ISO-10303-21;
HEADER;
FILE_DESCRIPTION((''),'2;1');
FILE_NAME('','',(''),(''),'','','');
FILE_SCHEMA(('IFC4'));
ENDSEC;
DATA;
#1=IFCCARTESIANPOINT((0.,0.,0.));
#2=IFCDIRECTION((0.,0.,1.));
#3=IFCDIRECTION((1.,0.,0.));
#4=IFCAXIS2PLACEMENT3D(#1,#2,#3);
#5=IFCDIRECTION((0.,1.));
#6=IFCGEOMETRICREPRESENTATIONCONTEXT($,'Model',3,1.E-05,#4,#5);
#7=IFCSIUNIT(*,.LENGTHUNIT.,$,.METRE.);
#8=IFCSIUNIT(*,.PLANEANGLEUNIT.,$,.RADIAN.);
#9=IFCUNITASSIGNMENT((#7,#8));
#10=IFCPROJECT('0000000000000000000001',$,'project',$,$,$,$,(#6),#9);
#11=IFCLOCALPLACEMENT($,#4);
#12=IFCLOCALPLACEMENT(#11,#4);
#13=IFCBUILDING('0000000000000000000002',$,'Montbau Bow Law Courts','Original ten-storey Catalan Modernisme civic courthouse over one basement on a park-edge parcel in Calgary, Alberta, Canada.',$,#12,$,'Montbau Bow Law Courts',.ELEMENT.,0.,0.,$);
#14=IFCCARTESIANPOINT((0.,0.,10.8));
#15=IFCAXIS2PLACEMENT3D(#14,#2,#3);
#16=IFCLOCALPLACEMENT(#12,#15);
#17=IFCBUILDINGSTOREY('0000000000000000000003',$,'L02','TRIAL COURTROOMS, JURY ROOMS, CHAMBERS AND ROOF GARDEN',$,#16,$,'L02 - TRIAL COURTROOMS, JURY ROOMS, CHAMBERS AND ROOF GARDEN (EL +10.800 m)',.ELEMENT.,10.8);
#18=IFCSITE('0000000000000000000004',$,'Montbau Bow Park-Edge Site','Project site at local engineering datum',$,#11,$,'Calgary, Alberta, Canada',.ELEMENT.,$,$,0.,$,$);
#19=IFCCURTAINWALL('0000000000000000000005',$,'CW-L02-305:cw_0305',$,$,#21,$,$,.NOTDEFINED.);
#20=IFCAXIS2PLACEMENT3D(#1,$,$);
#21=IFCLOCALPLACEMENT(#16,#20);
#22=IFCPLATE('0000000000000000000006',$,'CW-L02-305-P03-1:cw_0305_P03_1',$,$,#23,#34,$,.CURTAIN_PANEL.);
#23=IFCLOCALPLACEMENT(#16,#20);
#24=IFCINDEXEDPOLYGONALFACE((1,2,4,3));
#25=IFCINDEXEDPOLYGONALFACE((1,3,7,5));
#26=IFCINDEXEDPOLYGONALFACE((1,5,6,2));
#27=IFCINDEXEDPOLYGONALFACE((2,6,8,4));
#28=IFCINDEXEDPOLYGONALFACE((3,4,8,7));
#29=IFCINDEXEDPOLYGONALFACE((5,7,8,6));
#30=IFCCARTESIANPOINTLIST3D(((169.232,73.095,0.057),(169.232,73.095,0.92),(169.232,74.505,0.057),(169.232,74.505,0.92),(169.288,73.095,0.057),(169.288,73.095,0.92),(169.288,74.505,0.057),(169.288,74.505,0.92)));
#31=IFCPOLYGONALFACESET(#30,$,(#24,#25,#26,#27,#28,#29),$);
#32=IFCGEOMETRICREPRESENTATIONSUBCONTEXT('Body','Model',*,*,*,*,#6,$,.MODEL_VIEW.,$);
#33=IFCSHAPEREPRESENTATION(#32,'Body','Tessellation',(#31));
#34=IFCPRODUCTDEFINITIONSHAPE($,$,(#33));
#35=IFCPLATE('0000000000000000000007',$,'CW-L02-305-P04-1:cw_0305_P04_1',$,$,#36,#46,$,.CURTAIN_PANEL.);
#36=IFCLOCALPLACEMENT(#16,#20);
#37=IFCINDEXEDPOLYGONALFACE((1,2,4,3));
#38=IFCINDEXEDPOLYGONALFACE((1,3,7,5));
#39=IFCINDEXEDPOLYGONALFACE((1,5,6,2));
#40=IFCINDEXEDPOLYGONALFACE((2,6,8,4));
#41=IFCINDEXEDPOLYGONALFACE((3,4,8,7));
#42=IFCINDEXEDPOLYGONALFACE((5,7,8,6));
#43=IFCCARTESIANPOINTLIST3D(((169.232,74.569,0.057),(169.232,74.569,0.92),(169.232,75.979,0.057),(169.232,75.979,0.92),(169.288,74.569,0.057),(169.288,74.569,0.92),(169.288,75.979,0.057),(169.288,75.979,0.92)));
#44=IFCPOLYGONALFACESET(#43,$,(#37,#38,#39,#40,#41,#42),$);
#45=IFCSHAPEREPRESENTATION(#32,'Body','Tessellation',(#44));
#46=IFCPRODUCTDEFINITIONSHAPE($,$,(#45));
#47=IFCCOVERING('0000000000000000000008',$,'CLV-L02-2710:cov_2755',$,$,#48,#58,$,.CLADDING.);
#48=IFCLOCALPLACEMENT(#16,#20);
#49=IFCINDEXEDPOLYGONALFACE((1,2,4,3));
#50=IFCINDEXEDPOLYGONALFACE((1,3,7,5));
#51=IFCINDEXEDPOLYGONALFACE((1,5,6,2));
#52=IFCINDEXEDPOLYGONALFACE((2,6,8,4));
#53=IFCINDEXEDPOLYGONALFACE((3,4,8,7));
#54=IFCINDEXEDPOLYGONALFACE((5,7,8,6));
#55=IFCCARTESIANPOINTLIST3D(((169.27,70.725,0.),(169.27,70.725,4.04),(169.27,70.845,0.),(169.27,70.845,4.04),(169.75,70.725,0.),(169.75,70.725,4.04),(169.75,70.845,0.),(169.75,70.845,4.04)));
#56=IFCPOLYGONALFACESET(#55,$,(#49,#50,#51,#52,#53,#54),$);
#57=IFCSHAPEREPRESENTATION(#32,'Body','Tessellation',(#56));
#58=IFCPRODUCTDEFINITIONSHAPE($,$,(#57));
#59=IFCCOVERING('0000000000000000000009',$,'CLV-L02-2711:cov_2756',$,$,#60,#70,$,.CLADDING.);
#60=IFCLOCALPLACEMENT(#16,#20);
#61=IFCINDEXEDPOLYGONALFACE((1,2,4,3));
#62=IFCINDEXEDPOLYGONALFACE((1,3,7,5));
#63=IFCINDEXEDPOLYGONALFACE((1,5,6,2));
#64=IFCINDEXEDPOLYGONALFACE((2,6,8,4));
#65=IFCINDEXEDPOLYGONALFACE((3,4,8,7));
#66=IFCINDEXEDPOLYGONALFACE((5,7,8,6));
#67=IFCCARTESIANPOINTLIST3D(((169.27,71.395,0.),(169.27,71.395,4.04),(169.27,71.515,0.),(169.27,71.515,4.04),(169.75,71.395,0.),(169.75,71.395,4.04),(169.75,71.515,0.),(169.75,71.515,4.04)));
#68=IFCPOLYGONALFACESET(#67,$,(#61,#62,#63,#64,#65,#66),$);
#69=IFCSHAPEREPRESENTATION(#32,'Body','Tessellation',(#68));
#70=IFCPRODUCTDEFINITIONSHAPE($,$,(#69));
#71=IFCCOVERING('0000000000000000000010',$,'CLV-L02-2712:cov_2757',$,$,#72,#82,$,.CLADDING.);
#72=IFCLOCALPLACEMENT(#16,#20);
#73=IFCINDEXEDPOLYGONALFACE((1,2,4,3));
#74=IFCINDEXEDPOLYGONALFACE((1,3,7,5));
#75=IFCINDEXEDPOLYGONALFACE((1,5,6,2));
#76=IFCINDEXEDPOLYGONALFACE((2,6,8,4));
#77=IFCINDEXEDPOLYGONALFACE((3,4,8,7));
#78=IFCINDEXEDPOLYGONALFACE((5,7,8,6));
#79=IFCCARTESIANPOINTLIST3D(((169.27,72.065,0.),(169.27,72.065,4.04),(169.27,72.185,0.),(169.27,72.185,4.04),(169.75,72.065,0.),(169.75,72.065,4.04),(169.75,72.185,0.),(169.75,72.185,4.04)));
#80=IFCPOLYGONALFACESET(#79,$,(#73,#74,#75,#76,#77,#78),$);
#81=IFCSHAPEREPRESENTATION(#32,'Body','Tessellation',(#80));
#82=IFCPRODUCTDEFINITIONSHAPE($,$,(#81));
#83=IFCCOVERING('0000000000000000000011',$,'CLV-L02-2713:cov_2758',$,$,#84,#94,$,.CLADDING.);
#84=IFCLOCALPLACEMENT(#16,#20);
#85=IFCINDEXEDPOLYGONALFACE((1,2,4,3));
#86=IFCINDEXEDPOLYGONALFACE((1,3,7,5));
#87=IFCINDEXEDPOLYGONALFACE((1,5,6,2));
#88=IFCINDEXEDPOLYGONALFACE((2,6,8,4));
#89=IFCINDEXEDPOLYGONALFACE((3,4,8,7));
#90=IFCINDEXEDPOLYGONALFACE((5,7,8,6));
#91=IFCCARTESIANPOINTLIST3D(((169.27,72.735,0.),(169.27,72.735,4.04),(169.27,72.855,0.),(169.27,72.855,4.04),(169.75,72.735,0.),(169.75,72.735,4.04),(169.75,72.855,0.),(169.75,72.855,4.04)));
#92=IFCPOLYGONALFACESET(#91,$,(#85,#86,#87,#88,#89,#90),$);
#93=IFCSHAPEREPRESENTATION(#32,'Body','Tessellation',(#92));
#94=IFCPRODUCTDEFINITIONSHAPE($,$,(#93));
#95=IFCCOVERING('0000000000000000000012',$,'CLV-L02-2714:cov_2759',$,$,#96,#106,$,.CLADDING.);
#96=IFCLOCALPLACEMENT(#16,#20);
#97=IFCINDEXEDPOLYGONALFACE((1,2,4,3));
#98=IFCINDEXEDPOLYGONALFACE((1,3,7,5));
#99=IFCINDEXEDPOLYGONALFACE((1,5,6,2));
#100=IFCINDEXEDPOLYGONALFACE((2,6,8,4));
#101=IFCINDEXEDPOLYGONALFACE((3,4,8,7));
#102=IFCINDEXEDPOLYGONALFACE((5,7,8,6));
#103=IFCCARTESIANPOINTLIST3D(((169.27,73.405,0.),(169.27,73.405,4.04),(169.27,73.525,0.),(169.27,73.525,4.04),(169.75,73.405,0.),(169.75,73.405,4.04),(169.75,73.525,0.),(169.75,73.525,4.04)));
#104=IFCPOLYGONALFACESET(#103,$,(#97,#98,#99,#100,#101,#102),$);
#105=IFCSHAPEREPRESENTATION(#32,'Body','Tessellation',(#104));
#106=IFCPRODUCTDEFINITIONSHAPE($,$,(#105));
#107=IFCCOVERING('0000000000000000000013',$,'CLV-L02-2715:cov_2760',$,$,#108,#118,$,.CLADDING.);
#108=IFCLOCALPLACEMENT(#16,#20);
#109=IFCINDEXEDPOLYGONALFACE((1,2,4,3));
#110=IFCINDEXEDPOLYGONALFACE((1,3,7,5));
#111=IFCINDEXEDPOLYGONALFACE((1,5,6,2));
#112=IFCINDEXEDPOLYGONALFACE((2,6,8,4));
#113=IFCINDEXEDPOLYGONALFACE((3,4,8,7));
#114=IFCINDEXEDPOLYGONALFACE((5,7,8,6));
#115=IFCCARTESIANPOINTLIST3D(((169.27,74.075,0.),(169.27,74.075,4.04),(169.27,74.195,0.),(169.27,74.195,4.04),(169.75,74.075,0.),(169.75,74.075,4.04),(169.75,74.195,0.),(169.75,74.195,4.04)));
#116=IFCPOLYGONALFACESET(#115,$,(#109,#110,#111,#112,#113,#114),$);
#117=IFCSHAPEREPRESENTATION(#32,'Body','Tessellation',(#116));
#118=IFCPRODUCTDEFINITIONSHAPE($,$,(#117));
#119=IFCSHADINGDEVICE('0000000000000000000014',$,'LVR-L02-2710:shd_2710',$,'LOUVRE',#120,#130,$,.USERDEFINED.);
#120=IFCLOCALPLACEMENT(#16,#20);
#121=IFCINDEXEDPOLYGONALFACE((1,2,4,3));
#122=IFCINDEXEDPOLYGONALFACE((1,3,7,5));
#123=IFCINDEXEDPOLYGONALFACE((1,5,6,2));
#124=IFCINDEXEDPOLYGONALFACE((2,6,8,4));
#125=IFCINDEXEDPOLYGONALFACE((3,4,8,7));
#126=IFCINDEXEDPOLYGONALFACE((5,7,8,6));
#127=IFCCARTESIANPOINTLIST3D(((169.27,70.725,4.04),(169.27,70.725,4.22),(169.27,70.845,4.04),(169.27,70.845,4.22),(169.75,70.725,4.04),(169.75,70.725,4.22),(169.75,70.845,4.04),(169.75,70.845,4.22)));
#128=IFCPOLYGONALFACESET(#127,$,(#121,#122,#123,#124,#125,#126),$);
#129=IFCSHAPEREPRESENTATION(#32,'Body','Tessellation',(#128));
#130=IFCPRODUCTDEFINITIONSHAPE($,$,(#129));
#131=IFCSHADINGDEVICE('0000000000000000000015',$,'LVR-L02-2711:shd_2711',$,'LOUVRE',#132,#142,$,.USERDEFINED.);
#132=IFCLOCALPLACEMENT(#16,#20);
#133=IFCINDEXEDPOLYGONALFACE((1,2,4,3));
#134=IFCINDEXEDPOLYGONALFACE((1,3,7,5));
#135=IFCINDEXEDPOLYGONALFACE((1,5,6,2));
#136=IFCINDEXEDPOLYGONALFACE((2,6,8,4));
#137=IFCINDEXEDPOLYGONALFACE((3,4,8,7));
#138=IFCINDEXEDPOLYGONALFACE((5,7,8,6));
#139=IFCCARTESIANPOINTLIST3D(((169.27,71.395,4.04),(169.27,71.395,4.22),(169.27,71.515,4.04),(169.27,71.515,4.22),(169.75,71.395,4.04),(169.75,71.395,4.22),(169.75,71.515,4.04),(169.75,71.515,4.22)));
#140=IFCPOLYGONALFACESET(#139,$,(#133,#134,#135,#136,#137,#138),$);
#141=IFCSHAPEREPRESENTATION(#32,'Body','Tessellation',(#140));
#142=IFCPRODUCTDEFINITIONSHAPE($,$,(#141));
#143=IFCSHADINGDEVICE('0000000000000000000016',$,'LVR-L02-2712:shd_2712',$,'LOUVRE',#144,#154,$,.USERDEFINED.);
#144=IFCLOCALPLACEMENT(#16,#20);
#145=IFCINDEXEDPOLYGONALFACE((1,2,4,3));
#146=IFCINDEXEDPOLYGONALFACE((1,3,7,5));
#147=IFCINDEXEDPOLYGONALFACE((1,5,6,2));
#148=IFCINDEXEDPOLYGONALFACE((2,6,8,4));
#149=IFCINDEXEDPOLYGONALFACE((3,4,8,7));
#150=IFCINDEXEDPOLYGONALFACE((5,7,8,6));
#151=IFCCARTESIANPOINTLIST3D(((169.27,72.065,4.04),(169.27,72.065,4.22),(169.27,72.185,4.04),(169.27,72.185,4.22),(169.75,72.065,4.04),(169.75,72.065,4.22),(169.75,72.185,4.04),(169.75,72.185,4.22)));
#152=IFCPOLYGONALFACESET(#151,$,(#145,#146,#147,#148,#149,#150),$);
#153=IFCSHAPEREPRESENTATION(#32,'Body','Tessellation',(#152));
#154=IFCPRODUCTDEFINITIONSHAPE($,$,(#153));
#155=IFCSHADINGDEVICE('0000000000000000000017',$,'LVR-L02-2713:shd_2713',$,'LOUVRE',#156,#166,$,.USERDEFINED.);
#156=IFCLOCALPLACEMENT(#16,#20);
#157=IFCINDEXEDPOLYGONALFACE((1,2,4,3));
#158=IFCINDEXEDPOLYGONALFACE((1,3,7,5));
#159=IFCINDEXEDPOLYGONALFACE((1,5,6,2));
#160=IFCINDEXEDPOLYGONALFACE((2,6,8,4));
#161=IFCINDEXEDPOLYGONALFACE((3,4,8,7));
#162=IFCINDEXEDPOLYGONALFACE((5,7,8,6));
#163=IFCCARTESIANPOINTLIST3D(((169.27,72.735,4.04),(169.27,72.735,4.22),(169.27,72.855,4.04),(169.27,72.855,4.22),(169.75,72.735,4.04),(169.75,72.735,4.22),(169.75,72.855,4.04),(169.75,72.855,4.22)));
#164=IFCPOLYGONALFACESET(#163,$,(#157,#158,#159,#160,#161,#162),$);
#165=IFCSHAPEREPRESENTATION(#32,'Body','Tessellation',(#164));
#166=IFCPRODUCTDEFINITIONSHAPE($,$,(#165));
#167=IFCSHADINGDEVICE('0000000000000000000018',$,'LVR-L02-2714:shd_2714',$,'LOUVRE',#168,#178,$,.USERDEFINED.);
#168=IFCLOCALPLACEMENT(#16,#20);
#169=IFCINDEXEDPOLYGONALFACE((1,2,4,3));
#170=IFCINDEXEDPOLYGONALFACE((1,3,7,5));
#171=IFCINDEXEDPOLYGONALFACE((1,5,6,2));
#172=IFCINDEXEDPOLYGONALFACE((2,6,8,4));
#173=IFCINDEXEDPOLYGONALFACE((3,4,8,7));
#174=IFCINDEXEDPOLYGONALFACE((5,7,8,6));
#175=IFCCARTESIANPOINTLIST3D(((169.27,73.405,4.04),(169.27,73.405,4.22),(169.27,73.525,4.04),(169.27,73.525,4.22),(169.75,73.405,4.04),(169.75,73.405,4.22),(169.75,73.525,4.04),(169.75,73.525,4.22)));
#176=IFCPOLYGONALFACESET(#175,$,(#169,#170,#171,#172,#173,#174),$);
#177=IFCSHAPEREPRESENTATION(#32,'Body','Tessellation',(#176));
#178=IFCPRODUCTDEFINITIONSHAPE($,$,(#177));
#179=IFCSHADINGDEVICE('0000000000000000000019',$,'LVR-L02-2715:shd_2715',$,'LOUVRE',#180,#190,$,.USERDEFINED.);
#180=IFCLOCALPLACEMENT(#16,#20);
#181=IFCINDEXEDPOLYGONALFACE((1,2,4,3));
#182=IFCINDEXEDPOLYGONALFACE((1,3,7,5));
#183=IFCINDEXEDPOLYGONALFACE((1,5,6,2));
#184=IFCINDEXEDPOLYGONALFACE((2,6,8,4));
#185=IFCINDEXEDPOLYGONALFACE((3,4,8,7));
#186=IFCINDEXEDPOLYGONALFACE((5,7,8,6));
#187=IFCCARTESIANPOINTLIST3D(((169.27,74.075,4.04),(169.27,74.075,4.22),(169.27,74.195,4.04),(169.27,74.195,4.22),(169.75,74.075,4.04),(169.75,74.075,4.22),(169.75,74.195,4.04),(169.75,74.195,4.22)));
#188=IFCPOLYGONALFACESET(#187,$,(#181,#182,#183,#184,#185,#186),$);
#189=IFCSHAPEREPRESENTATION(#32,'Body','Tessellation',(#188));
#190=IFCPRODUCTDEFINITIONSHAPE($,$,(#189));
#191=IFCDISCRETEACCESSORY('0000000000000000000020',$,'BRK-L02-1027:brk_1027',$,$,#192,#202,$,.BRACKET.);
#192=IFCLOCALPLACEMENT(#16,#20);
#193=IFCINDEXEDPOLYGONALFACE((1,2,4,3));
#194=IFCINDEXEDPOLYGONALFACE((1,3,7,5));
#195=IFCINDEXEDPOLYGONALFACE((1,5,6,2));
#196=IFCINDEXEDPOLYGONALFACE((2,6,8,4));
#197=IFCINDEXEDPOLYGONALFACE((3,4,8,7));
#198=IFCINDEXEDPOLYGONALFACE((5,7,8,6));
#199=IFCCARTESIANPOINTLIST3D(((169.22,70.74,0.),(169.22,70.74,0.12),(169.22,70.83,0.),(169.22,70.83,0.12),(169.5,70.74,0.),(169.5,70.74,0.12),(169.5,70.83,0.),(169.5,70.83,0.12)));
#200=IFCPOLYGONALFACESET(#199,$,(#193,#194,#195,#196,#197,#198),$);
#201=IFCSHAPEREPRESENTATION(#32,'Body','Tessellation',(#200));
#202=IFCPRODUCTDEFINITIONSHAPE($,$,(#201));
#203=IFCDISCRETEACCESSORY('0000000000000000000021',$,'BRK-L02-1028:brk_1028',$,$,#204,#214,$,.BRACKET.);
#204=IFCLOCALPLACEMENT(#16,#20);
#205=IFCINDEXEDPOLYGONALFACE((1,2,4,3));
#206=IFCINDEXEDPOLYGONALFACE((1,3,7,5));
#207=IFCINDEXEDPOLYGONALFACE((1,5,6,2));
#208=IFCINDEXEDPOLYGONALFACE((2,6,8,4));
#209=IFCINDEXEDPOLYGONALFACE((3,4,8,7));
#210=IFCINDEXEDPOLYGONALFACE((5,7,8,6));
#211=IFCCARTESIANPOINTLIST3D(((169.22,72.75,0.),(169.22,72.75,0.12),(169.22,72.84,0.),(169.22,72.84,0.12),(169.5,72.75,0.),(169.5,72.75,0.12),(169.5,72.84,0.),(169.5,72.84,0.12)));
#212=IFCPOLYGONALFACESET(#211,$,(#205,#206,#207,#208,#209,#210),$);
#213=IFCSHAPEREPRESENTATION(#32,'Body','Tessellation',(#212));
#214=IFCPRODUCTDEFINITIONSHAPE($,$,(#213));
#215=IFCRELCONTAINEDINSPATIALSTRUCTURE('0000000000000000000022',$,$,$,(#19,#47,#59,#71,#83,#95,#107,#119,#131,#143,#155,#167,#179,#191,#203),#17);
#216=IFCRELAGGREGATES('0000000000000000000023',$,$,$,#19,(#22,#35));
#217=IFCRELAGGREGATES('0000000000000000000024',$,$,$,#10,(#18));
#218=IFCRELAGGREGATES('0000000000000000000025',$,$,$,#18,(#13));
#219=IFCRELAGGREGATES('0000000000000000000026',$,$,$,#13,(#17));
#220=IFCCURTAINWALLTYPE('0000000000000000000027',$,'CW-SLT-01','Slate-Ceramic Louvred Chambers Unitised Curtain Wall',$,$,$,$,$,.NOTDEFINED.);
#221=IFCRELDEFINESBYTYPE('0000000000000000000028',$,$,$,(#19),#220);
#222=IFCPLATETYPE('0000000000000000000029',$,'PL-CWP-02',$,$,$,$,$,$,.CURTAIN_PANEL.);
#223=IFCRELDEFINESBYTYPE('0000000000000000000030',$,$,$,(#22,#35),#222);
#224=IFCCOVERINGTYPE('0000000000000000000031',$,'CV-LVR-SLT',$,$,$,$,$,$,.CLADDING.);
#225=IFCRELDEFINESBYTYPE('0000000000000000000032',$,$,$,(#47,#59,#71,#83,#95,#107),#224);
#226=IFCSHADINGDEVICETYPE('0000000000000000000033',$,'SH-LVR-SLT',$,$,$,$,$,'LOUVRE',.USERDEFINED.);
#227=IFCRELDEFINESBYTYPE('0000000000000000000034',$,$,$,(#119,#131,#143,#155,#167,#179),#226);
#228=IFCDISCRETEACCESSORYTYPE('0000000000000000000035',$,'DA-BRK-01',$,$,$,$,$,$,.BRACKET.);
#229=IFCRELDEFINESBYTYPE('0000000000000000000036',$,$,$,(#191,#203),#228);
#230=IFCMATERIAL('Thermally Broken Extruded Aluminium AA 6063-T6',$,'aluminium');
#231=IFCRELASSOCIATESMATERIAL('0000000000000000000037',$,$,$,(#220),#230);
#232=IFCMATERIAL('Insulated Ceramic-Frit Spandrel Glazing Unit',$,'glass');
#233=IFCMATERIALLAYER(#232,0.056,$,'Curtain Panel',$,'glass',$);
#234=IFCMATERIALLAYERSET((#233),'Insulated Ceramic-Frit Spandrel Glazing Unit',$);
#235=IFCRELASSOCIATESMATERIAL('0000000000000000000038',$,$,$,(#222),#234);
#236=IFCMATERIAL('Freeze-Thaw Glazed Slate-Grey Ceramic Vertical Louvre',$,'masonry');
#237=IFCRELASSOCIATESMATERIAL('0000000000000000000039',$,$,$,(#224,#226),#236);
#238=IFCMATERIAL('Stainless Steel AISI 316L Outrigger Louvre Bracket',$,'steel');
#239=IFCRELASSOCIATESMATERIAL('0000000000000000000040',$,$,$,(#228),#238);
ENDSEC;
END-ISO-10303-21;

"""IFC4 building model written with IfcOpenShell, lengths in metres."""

from ifc_helpers import new_model, si_unit, direction, frame, frame_2d, origin_with_axes, origin_2d_with_axis, place, context, subcontext, project, spatial, rectangle, extrude, material, layer, layer_set, type_object, element, aggregate, save


model = new_model("IFC4")

# Units and contexts
model_context = context("Model", 3, precision=1e-05, world=origin_with_axes(), true_north=direction((0.0, 1.0)))
body_context = subcontext(model_context, "Body", "Model", "MODEL_VIEW")
ifc_project = project(units=[si_unit("LENGTHUNIT", "METRE"), si_unit("PLANEANGLEUNIT", "RADIAN")], contexts=[model_context])

# Site, building, storey
site_placement = place(None, origin_with_axes())
site = spatial("IfcSite", under=ifc_project, at=site_placement, Name="Montbau Bow Park-Edge Site", Description="Project site at local engineering datum", LongName="Calgary, Alberta, Canada", CompositionType="ELEMENT", RefElevation=0.0)
building_placement = place(site_placement, origin_with_axes())
building = spatial("IfcBuilding", under=site, at=building_placement, Name="Montbau Bow Law Courts", Description="Original ten-storey Catalan Modernisme civic courthouse over one basement on a park-edge parcel in Calgary, Alberta, Canada.", LongName="Montbau Bow Law Courts", CompositionType="ELEMENT", ElevationOfRefHeight=0.0, ElevationOfTerrain=0.0)
storey_placement = place(building_placement, frame((0.0, 0.0, 10.8), z_axis=(0.0, 0.0, 1.0), x_axis=(1.0, 0.0, 0.0)))
storey = spatial("IfcBuildingStorey", under=building, at=storey_placement, Name="L02", Description="TRIAL COURTROOMS, JURY ROOMS, CHAMBERS AND ROOF GARDEN", LongName="L02 - TRIAL COURTROOMS, JURY ROOMS, CHAMBERS AND ROOF GARDEN (EL +10.800 m)", CompositionType="ELEMENT", Elevation=10.8)

# Curtain wall, plates
ifc_material_1 = material(Name="Thermally Broken Extruded Aluminium AA 6063-T6", Category="aluminium")
curtain_wall_type = type_object("IfcCurtainWallType", Name="CW-SLT-01", Description="Slate-Ceramic Louvred Chambers Unitised Curtain Wall", PredefinedType="NOTDEFINED", material=ifc_material_1)
curtain_wall_placement = place(None, frame((169.26, 70.115, 10.8), z_axis=(0.0, 0.0, 1.0), x_axis=(1.0, 0.0, 0.0)))
curtain_wall = element("IfcCurtainWall", 1, at=curtain_wall_placement, inside=storey, type_object=curtain_wall_type, Name="CW-L02-305:cw_0305", PredefinedType="NOTDEFINED")
ifc_material_2 = material(Name="Insulated Ceramic-Frit Spandrel Glazing Unit", Category="glass")
ifc_layer_1 = layer(ifc_material_2, 0.056, Name="Curtain Panel", Category="glass")
ifc_layer_set_1 = layer_set([ifc_layer_1], Name="Insulated Ceramic-Frit Spandrel Glazing Unit")
plate_type_1 = type_object("IfcPlateType", Name="PL-CWP-02", PredefinedType="CURTAIN_PANEL", material=ifc_layer_set_1)
plate_1_placement = place(None, frame((169.26, 73.095, 10.857), z_axis=(1.0, 0.0, 0.0), x_axis=(0.0, 1.0, 0.0)))
plate_1 = element("IfcPlate", 2, at=plate_1_placement, type_object=plate_type_1, Name="CW-L02-305-P03-1:cw_0305_P03_1", PredefinedType="CURTAIN_PANEL", context=body_context, shape_type="SweptSolid", body=[
    extrude(rectangle(XDim=1.41, YDim=0.863, at=frame_2d((0.705, 0.4315), x_axis=(1.0, 0.0))), frame((0.0, 0.0, -0.028), z_axis=(0.0, 0.0, 1.0), x_axis=(1.0, 0.0, 0.0)), (0.0, 0.0, 1.0), 0.056),
])
plate_2_placement = place(None, frame((169.26, 74.569, 10.857), z_axis=(1.0, 0.0, 0.0), x_axis=(0.0, 1.0, 0.0)))
plate_2 = element("IfcPlate", 3, at=plate_2_placement, type_object=plate_type_1, Name="CW-L02-305-P04-1:cw_0305_P04_1", PredefinedType="CURTAIN_PANEL", context=body_context, shape_type="SweptSolid", body=[
    extrude(rectangle(XDim=1.41, YDim=0.863, at=frame_2d((0.705, 0.4315), x_axis=(1.0, 0.0))), frame((0.0, 0.0, -0.028), z_axis=(0.0, 0.0, 1.0), x_axis=(1.0, 0.0, 0.0)), (0.0, 0.0, 1.0), 0.056),
])
aggregate(curtain_wall, [plate_1, plate_2])

# Coverings
ifc_material_3 = material(Name="Freeze-Thaw Glazed Slate-Grey Ceramic Vertical Louvre", Category="masonry")
covering_type = type_object("IfcCoveringType", Name="CV-LVR-SLT", PredefinedType="CLADDING", material=ifc_material_3)
for number, where, z_axis, x_axis, name in (
    (4, (169.27, 70.785, 10.8), (0.0, -1.0, 0.0), (1.0, 0.0, 0.0), "CLV-L02-2710:cov_2755"),
    (5, (169.27, 71.455, 10.8), (0.0, -1.0, 0.0), (1.0, 0.0, 0.0), "CLV-L02-2711:cov_2756"),
    (6, (169.27, 72.125, 10.8), (0.0, -1.0, 0.0), (1.0, 0.0, 0.0), "CLV-L02-2712:cov_2757"),
    (7, (169.27, 72.795, 10.8), (0.0, -1.0, 0.0), (1.0, 0.0, 0.0), "CLV-L02-2713:cov_2758"),
    (8, (169.27, 73.465, 10.8), (0.0, -1.0, 0.0), (1.0, 0.0, 0.0), "CLV-L02-2714:cov_2759"),
    (9, (169.27, 74.135, 10.8), (0.0, -1.0, 0.0), (1.0, 0.0, 0.0), "CLV-L02-2715:cov_2760"),
):
    element("IfcCovering", number, at=place(None, frame(where, z_axis=z_axis, x_axis=x_axis)), inside=storey, type_object=covering_type, Name=name, PredefinedType="CLADDING", context=body_context, shape_type="SweptSolid", body=[
        extrude(rectangle(XDim=0.48, YDim=4.04, at=frame_2d((0.24, 2.02), x_axis=(1.0, 0.0))), frame((0.0, 0.0, -0.06), z_axis=(0.0, 0.0, 1.0), x_axis=(1.0, 0.0, 0.0)), (0.0, 0.0, 1.0), 0.12),
    ])

# Shading devices
shading_device_type = type_object("IfcShadingDeviceType", Name="SH-LVR-SLT", ElementType="LOUVRE", PredefinedType="USERDEFINED", material=ifc_material_3)
for number, where, z_axis, x_axis, name in (
    (10, (169.51, 70.785, 14.84), (0.0, 0.0, 1.0), (1.0, 0.0, 0.0), "LVR-L02-2710:shd_2710"),
    (11, (169.51, 71.455, 14.84), (0.0, 0.0, 1.0), (1.0, 0.0, 0.0), "LVR-L02-2711:shd_2711"),
    (12, (169.51, 72.125, 14.84), (0.0, 0.0, 1.0), (1.0, 0.0, 0.0), "LVR-L02-2712:shd_2712"),
    (13, (169.51, 72.795, 14.84), (0.0, 0.0, 1.0), (1.0, 0.0, 0.0), "LVR-L02-2713:shd_2713"),
    (14, (169.51, 73.465, 14.84), (0.0, 0.0, 1.0), (1.0, 0.0, 0.0), "LVR-L02-2714:shd_2714"),
    (15, (169.51, 74.135, 14.84), (0.0, 0.0, 1.0), (1.0, 0.0, 0.0), "LVR-L02-2715:shd_2715"),
):
    element("IfcShadingDevice", number, at=place(None, frame(where, z_axis=z_axis, x_axis=x_axis)), inside=storey, type_object=shading_device_type, Name=name, ObjectType="LOUVRE", PredefinedType="USERDEFINED", context=body_context, shape_type="SweptSolid", body=[
        extrude(rectangle(XDim=0.48, YDim=0.12, at=origin_2d_with_axis()), origin_with_axes(), (0.0, 0.0, 1.0), 0.18),
    ])

# Discrete accessories
ifc_material_4 = material(Name="Stainless Steel AISI 316L Outrigger Louvre Bracket", Category="steel")
discrete_accessory_type = type_object("IfcDiscreteAccessoryType", Name="DA-BRK-01", PredefinedType="BRACKET", material=ifc_material_4)
for number, where, z_axis, x_axis, name in (
    (16, (169.36, 70.785, 10.8), (0.0, 0.0, 1.0), (1.0, 0.0, 0.0), "BRK-L02-1027:brk_1027"),
    (17, (169.36, 72.795, 10.8), (0.0, 0.0, 1.0), (1.0, 0.0, 0.0), "BRK-L02-1028:brk_1028"),
):
    element("IfcDiscreteAccessory", number, at=place(None, frame(where, z_axis=z_axis, x_axis=x_axis)), inside=storey, type_object=discrete_accessory_type, Name=name, PredefinedType="BRACKET", context=body_context, shape_type="SweptSolid", body=[
        extrude(rectangle(XDim=0.28, YDim=0.09, at=origin_2d_with_axis()), origin_with_axes(), (0.0, 0.0, 1.0), 0.12),
    ])

save(model, "model.ifc")
